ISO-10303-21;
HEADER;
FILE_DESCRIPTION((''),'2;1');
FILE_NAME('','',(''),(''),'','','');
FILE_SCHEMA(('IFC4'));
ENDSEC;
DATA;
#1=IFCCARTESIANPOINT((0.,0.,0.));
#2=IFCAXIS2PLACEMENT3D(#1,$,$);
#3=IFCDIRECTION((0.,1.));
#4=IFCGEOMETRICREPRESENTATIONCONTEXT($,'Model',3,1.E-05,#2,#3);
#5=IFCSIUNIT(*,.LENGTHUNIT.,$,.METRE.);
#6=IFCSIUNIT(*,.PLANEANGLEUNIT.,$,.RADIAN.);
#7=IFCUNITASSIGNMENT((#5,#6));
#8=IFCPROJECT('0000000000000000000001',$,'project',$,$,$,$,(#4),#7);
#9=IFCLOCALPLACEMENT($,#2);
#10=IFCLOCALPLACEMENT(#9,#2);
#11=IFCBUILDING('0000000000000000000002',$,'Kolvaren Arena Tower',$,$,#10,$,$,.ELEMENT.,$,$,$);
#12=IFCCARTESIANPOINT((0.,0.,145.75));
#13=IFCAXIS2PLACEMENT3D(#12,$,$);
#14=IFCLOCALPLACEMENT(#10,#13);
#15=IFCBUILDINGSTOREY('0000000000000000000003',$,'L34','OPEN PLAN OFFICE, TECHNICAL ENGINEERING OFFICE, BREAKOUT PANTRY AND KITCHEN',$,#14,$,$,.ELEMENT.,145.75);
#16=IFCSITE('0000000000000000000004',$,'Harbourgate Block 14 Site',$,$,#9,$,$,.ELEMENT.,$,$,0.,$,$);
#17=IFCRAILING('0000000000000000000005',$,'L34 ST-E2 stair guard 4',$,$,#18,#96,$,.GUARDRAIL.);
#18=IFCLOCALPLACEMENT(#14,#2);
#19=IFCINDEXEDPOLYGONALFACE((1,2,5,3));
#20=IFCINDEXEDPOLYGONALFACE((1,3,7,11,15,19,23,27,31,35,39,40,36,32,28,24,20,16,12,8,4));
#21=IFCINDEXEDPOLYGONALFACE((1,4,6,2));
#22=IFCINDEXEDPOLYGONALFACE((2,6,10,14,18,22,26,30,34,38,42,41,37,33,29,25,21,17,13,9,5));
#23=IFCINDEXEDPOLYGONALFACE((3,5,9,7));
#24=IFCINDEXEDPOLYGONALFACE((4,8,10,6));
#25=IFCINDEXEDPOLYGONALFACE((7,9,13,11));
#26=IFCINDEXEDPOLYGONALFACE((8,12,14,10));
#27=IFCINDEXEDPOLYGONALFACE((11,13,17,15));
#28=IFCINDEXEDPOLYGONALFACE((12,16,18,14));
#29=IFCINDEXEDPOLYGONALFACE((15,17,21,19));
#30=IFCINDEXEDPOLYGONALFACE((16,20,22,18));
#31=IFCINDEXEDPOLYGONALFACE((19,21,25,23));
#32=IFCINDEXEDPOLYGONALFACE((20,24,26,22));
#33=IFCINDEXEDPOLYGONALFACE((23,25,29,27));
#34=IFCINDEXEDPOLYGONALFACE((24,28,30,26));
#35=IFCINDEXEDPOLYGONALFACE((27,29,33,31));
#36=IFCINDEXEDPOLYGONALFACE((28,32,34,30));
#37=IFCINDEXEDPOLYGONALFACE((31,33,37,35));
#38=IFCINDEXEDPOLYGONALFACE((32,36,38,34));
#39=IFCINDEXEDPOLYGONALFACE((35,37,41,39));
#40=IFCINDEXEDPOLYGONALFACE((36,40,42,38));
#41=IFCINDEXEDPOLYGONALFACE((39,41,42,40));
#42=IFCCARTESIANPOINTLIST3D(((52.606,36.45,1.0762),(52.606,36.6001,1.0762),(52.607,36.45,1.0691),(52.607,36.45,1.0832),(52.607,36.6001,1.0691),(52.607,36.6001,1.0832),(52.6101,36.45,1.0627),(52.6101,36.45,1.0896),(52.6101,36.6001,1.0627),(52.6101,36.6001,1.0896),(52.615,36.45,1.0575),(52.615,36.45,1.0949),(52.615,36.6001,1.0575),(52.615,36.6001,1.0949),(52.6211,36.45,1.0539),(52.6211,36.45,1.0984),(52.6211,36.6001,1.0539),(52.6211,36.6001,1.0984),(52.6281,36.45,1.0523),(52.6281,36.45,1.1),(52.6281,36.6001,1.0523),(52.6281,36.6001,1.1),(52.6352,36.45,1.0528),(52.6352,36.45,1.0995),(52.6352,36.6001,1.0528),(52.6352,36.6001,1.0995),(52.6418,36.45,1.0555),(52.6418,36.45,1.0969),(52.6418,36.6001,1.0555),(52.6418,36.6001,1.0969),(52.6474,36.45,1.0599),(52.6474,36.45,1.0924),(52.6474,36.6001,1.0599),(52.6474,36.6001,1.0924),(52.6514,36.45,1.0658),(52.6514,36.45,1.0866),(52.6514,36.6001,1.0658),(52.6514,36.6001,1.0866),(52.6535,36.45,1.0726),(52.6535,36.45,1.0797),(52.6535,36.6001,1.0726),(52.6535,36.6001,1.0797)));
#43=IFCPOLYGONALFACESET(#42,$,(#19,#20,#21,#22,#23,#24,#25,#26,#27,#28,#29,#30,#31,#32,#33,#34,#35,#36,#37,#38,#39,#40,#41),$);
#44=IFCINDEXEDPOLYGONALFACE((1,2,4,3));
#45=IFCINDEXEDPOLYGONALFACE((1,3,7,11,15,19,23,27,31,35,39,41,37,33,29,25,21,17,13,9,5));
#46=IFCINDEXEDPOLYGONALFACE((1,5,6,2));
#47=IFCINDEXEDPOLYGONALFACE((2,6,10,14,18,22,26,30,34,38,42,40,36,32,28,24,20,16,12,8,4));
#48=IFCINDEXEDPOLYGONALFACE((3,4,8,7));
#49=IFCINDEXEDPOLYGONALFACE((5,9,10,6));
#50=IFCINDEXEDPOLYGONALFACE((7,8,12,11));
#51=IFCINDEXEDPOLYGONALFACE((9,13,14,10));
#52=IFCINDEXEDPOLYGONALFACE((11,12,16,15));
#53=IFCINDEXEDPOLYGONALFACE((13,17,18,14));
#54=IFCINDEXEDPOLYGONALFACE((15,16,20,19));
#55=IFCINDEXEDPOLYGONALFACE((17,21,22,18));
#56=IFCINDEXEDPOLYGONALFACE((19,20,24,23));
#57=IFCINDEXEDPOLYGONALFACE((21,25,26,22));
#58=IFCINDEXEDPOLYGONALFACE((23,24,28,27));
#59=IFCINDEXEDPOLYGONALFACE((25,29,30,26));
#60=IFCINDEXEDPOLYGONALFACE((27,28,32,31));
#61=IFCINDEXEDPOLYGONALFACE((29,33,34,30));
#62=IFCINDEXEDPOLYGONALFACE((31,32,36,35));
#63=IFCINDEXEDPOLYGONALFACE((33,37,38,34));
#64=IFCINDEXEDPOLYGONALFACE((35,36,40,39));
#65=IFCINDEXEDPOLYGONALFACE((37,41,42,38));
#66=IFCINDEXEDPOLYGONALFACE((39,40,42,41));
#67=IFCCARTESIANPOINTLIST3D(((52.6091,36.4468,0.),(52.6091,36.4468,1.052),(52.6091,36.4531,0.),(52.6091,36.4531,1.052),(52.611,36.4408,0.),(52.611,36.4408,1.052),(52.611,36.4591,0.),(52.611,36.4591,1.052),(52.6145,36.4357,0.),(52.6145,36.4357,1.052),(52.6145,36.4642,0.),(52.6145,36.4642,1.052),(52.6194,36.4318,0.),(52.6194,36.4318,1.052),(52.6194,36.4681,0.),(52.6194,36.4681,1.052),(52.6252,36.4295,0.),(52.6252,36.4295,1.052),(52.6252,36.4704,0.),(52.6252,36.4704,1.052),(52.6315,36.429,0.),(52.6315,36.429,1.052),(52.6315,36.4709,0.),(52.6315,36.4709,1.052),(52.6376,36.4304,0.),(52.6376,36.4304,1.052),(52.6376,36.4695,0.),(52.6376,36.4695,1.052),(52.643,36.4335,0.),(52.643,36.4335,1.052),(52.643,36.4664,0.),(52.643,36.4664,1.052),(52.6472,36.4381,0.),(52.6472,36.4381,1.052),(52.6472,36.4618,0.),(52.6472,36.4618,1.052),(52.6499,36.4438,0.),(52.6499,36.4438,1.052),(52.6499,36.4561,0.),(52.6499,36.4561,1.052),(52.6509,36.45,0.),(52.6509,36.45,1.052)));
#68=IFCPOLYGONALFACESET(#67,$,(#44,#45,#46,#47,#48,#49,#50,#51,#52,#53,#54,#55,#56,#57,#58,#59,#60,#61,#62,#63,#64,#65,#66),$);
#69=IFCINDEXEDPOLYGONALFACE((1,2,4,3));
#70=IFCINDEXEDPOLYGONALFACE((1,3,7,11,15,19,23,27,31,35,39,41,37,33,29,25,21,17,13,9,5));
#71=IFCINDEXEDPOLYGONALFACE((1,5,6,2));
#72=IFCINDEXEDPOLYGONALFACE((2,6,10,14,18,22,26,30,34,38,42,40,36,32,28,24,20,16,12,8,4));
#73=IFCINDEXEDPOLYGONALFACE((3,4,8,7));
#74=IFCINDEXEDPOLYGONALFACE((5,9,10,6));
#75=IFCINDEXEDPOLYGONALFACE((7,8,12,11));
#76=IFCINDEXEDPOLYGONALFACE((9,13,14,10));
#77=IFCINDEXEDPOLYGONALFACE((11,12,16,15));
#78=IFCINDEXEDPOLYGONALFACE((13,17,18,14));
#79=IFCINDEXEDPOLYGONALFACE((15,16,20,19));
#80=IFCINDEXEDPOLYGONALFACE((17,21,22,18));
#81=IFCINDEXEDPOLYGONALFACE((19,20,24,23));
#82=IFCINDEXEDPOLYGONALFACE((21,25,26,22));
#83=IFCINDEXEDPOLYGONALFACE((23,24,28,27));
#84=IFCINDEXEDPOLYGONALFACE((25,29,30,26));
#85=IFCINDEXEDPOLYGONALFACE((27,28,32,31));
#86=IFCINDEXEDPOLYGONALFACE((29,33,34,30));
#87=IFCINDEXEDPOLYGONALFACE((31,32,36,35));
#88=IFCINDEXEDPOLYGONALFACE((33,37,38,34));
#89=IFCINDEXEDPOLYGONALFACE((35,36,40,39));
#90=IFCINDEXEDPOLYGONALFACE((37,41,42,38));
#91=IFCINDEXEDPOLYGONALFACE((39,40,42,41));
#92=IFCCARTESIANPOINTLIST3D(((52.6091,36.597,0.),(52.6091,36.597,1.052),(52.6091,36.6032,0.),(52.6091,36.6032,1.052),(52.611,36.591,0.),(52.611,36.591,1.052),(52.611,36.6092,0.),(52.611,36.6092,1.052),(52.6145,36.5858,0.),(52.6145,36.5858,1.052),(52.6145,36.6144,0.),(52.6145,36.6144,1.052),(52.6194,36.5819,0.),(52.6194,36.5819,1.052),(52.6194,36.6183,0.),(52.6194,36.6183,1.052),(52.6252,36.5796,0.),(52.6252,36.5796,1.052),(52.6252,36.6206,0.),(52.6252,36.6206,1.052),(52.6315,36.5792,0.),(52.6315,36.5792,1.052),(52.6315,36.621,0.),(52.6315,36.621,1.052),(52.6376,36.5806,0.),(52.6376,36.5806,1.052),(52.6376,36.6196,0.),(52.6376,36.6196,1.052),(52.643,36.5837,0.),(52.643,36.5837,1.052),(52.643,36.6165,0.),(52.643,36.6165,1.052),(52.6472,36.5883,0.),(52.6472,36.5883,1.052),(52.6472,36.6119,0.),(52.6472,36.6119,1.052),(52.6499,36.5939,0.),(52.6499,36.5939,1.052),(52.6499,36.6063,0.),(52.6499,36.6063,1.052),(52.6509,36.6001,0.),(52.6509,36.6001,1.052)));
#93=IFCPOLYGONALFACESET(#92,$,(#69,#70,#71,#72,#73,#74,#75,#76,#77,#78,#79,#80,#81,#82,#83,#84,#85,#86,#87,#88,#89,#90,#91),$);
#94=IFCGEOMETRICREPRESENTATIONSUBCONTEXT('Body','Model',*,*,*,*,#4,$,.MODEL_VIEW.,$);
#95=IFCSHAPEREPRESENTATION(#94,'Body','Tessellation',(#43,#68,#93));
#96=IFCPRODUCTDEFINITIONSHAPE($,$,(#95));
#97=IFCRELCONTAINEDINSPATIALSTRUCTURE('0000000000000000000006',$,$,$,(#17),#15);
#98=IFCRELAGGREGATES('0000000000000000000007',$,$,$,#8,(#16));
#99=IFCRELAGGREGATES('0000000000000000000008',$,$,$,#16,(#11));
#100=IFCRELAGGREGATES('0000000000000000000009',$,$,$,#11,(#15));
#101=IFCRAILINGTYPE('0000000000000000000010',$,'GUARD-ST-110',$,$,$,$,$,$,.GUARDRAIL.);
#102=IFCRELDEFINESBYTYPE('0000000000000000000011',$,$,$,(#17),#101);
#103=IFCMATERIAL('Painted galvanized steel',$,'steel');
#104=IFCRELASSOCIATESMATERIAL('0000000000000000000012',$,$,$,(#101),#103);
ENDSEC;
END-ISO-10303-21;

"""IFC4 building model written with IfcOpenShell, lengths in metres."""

from ifc_helpers import new_model, si_unit, direction, frame, origin, origin_2d, place, context, subcontext, project, spatial, circle, extrude, material, type_object, element, save


model = new_model("IFC4")

# Units and contexts
model_context = context("Model", 3, precision=1e-05, world=origin(), true_north=direction((0.0, 1.0)))
body_context = subcontext(model_context, "Body", "Model", "MODEL_VIEW")
ifc_project = project(units=[si_unit("LENGTHUNIT", "METRE"), si_unit("PLANEANGLEUNIT", "RADIAN")], contexts=[model_context])

# Site, building, storey
site_placement = place(None, origin())
site = spatial("IfcSite", under=ifc_project, at=site_placement, Name="Harbourgate Block 14 Site", CompositionType="ELEMENT", RefElevation=0.0)
building_placement = place(site_placement, origin())
building = spatial("IfcBuilding", under=site, at=building_placement, Name="Kolvaren Arena Tower", CompositionType="ELEMENT")
storey_placement = place(building_placement, frame((0.0, 0.0, 145.75)))
storey = spatial("IfcBuildingStorey", under=building, at=storey_placement, Name="L34", Description="OPEN PLAN OFFICE, TECHNICAL ENGINEERING OFFICE, BREAKOUT PANTRY AND KITCHEN", CompositionType="ELEMENT", Elevation=145.75)

# Railing
ifc_material_1 = material(Name="Painted galvanized steel", Category="steel")
railing_type_1 = type_object("IfcRailingType", Name="GUARD-ST-110", PredefinedType="GUARDRAIL", material=ifc_material_1)
railing_1_placement = place(storey_placement, frame((52.6299, 36.45, 0.0)))
element("IfcRailing", 1, at=railing_1_placement, inside=storey, type_object=railing_type_1, Name="L34 ST-E2 stair guard 4", PredefinedType="GUARDRAIL", context=body_context, shape_type="SweptSolid", body=[
    extrude(circle(Radius=0.0239, at=origin_2d()), frame((0.0, 0.0, 1.0762), z_axis=(0.0, 1.0, 0.0), x_axis=(-1.0, 0.0, 0.0)), (0.0, 0.0, 1.0), 0.1501),
    extrude(circle(Radius=0.021, at=origin_2d()), origin(), (0.0, 0.0, 1.0), 1.052),
    extrude(circle(Radius=0.021, at=origin_2d()), frame((0.0, 0.1501, 0.0)), (0.0, 0.0, 1.0), 1.052),
])

save(model, "model.ifc")
